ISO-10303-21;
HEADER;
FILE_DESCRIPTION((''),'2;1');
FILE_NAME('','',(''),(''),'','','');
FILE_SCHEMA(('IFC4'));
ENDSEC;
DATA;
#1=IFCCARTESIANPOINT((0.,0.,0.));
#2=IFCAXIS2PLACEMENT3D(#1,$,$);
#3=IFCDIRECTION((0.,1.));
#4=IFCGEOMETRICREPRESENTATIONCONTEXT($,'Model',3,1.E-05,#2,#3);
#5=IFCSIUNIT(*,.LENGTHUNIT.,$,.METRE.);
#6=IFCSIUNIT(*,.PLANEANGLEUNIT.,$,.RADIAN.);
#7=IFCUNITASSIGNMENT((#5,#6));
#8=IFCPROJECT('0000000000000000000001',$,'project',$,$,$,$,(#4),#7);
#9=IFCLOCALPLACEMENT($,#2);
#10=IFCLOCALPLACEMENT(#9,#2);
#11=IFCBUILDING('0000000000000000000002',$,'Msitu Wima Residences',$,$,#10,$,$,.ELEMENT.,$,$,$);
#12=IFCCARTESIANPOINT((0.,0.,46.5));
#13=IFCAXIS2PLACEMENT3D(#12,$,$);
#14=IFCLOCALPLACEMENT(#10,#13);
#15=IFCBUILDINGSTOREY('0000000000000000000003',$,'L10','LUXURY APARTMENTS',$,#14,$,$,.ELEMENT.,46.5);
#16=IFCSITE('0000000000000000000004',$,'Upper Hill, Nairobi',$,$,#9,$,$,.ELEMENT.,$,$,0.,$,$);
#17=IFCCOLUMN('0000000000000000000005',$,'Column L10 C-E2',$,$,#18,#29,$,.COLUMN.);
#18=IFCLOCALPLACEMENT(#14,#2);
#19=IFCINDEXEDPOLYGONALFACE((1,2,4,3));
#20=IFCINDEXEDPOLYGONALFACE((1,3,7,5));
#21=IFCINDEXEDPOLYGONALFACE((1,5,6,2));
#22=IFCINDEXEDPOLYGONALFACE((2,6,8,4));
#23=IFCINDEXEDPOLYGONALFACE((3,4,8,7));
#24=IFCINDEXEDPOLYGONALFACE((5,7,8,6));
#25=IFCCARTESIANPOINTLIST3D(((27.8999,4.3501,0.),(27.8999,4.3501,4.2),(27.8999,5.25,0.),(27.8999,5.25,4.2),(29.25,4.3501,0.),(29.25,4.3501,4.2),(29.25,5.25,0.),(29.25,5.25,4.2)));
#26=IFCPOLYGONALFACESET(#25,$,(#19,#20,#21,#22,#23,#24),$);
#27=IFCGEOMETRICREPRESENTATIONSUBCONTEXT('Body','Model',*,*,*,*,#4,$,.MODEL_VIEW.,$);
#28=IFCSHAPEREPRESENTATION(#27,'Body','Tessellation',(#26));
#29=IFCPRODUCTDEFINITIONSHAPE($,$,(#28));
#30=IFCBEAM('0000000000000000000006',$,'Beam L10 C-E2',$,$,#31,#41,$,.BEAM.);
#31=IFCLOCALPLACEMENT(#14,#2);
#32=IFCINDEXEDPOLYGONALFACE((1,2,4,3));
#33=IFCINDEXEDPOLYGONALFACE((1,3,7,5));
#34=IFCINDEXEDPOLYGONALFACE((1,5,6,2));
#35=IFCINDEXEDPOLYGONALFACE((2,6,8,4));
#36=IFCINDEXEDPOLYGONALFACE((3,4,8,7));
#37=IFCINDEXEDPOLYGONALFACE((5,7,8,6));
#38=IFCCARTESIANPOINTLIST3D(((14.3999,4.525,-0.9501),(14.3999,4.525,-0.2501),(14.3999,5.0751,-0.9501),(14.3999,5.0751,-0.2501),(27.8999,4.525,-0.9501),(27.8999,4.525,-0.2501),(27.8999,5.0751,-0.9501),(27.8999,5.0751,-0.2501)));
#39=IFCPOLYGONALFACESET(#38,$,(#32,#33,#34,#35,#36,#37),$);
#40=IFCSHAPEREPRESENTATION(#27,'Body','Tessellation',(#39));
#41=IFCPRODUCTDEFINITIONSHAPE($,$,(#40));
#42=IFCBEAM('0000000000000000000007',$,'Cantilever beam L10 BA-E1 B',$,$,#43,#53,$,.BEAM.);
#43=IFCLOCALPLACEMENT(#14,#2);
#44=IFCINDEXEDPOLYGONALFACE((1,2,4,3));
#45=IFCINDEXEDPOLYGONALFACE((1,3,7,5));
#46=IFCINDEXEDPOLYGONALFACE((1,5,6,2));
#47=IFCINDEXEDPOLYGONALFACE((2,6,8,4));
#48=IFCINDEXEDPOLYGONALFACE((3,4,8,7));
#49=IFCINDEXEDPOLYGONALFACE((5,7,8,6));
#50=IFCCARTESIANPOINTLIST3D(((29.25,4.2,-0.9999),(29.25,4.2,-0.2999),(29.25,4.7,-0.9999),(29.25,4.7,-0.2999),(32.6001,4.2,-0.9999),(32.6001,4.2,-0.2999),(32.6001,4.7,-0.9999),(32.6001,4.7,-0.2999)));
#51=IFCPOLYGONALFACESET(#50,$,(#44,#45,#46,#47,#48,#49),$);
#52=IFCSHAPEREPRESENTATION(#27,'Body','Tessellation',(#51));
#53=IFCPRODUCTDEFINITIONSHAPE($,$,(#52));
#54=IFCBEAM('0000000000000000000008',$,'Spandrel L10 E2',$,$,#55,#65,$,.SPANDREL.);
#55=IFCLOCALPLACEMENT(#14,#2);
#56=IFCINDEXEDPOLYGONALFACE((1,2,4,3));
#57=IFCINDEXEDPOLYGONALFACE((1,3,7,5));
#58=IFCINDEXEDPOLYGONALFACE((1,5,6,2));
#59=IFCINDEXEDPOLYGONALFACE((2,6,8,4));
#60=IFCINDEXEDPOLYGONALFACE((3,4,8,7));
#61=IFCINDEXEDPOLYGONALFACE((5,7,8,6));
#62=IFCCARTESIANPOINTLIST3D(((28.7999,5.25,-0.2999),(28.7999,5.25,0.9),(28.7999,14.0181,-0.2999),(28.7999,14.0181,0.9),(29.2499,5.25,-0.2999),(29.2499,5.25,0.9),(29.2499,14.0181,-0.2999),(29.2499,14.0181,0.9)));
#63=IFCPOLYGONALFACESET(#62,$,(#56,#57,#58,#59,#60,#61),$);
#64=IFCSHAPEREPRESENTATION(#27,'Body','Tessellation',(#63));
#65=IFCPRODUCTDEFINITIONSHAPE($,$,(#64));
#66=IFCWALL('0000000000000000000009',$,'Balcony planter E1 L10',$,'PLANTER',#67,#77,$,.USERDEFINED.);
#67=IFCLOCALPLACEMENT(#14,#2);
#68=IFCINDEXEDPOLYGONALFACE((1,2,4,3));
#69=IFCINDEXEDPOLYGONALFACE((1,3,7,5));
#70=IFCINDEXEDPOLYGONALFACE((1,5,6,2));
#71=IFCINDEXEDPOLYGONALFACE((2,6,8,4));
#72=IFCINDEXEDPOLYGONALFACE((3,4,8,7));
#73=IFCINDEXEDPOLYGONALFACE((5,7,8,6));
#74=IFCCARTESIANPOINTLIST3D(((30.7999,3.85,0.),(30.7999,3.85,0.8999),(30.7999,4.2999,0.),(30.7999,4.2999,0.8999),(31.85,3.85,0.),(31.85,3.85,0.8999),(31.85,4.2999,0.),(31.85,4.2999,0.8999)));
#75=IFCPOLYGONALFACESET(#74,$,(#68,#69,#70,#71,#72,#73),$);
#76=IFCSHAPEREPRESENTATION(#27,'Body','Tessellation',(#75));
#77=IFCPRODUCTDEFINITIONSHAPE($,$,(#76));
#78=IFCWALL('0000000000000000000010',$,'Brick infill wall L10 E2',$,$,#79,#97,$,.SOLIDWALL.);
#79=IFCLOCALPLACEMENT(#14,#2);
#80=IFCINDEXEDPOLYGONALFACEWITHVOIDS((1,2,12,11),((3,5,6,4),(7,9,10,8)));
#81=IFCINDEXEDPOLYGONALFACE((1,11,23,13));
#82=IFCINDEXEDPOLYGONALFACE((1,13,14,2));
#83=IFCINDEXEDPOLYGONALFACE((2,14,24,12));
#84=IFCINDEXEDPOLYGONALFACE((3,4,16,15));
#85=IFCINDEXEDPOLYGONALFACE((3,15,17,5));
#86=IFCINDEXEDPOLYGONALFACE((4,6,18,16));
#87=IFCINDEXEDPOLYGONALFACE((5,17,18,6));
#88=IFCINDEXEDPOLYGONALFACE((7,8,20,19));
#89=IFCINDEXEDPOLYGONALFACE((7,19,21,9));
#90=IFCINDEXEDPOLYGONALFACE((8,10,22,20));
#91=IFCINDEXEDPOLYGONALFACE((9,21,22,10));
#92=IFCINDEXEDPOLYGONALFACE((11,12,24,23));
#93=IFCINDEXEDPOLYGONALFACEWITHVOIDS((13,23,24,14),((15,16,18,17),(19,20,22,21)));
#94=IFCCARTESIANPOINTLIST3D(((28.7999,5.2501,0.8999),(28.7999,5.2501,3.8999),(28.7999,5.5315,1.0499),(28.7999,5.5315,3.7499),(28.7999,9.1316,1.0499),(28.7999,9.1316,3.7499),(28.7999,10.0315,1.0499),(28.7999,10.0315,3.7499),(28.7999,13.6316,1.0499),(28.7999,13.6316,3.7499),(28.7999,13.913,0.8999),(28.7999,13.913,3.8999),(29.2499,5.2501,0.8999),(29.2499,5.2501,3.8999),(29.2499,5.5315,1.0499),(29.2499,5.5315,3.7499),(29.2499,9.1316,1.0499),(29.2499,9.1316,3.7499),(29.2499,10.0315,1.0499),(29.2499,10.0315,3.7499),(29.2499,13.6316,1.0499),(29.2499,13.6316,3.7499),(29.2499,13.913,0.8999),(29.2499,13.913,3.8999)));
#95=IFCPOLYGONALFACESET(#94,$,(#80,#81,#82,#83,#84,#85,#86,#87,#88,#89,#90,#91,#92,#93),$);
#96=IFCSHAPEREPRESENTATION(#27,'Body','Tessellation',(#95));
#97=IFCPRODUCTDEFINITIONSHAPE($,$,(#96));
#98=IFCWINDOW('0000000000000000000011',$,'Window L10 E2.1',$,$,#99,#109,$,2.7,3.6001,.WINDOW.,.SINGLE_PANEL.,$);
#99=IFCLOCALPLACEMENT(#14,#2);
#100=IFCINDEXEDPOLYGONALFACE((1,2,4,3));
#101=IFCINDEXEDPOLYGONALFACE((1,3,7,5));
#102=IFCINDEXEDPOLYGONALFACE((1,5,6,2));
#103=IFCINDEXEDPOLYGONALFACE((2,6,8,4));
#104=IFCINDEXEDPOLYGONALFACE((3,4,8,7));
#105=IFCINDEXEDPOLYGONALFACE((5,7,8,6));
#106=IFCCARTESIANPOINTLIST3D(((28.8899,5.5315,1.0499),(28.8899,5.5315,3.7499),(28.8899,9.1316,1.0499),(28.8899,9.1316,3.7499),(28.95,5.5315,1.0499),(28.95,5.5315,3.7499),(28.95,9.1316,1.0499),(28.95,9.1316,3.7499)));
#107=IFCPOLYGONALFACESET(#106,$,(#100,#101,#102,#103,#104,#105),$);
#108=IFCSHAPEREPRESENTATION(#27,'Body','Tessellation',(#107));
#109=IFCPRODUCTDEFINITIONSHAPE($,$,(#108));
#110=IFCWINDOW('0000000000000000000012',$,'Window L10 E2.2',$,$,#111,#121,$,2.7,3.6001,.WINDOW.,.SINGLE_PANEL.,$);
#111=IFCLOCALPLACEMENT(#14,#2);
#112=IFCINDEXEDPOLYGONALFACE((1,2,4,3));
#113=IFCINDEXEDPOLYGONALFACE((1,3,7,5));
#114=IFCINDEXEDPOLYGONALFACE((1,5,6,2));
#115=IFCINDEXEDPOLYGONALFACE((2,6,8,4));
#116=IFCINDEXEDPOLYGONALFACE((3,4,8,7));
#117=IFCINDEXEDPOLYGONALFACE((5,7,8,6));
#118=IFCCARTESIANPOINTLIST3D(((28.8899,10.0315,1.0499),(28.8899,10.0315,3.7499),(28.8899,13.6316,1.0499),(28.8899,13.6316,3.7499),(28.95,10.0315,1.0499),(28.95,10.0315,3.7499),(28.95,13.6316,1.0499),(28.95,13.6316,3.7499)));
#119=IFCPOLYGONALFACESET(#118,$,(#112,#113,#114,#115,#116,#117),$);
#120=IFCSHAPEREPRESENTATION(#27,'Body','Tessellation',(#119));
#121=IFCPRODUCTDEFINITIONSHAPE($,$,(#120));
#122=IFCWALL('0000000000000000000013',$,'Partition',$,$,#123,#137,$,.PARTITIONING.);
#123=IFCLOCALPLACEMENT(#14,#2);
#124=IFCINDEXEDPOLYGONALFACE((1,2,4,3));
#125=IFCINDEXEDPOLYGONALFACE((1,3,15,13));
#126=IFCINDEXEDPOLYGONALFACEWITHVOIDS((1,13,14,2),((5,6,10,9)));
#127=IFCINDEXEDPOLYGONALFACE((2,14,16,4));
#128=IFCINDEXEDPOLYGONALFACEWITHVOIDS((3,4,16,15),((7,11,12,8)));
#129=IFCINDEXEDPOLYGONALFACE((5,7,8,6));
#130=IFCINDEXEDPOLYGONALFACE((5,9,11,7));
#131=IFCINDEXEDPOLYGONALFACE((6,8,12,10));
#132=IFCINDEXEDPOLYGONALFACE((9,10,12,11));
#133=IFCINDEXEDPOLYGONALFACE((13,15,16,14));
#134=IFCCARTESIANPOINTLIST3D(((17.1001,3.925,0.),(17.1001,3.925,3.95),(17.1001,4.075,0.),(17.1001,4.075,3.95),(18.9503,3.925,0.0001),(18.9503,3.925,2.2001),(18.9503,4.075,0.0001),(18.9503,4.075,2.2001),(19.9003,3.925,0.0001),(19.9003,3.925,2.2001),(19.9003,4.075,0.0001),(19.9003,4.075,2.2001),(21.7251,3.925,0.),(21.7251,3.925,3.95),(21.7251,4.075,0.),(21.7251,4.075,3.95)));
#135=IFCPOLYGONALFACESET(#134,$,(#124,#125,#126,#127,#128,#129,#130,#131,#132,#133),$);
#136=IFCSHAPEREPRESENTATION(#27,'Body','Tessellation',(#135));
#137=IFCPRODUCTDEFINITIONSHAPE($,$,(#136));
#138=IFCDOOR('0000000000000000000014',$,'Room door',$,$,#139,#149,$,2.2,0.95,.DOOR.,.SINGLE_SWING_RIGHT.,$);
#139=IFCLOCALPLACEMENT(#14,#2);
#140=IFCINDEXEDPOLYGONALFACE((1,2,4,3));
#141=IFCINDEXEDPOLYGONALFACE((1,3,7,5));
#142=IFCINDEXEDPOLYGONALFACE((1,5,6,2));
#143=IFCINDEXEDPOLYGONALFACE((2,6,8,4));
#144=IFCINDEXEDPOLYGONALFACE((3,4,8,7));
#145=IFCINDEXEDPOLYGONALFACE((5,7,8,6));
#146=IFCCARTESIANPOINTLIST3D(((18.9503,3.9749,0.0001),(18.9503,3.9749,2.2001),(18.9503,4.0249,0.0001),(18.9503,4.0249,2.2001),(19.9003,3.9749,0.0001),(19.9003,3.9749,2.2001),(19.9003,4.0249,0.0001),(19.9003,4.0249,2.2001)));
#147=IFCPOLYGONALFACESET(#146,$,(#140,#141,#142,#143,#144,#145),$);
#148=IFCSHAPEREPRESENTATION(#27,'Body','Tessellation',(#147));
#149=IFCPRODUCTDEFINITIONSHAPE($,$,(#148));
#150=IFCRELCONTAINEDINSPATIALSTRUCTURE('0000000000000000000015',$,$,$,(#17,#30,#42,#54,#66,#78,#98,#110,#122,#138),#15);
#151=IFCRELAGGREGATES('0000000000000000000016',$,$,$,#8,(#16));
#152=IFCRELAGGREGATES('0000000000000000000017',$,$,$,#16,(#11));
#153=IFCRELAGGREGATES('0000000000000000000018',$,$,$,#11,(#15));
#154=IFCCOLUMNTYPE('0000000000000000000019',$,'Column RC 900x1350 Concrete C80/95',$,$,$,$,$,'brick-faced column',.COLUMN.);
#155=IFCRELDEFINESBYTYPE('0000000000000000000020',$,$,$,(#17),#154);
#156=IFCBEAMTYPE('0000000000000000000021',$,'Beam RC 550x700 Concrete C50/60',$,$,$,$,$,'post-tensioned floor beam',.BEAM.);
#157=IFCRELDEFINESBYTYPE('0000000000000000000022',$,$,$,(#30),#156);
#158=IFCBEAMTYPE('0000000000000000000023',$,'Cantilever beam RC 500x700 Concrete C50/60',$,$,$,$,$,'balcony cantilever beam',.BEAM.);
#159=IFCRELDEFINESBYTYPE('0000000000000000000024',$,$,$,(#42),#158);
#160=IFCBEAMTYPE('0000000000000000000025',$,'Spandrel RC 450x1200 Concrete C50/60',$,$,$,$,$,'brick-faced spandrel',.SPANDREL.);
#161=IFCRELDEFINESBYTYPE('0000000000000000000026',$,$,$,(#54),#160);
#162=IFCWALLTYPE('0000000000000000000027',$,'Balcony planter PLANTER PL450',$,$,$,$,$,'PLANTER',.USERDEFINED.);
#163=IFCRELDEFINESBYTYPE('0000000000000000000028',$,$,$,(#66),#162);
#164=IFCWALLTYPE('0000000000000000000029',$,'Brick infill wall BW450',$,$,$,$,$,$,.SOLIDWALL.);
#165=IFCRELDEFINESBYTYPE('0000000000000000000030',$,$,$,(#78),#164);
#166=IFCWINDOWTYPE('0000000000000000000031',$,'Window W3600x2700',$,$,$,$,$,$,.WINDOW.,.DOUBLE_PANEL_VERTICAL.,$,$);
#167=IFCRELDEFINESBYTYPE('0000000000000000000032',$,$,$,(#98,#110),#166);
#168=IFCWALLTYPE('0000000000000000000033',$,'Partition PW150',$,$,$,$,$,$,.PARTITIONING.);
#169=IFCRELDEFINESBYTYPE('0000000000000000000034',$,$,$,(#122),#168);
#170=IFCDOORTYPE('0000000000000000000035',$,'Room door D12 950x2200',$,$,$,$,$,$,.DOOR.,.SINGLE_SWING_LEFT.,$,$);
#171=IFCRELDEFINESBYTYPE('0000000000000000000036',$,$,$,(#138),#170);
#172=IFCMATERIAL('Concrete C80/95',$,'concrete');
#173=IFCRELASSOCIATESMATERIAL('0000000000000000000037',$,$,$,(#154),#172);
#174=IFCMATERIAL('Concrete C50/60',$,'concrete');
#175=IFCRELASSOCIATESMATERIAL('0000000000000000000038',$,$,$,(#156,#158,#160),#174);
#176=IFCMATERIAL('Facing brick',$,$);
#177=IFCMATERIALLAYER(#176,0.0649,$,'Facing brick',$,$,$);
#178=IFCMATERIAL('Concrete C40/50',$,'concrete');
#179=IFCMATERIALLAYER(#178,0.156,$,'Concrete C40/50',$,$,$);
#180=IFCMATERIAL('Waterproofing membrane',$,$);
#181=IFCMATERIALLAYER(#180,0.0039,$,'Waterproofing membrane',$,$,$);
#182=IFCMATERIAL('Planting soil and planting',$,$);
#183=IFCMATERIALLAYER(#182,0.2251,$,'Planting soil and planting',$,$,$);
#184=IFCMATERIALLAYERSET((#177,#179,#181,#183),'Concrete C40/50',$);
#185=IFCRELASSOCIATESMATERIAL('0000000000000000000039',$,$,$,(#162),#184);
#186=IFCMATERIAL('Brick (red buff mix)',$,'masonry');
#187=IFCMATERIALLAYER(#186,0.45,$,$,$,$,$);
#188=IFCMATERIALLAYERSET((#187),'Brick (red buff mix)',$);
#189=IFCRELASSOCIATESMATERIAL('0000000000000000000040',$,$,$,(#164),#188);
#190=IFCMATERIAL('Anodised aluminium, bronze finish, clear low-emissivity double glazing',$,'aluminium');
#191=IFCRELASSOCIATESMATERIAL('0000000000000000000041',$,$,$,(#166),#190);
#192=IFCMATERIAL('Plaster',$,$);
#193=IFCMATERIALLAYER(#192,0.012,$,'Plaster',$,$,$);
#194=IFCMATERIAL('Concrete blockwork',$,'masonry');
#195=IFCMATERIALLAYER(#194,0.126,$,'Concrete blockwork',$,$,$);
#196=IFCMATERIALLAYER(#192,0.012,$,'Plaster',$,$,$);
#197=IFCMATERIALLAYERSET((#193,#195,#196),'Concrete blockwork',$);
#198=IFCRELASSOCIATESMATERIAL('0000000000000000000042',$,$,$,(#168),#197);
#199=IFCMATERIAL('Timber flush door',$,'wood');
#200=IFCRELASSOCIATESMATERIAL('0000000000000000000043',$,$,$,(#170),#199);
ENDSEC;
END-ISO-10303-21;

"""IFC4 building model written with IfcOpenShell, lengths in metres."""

from ifc_helpers import new_model, si_unit, direction, frame, frame_2d, origin, origin_2d, place, context, subcontext, project, spatial, rectangle, extrude, material, layer, layer_set, material_profile, profile_set, type_object, element, fill, save


model = new_model("IFC4")

# Units and contexts
model_context = context("Model", 3, precision=1e-05, world=origin(), true_north=direction((0.0, 1.0)))
body_context = subcontext(model_context, "Body", "Model", "MODEL_VIEW")
ifc_project = project(units=[si_unit("LENGTHUNIT", "METRE"), si_unit("PLANEANGLEUNIT", "RADIAN")], contexts=[model_context])

# Site, building, storey
site_placement = place(None, origin())
site = spatial("IfcSite", under=ifc_project, at=site_placement, Name="Upper Hill, Nairobi", CompositionType="ELEMENT", RefElevation=0.0)
building_placement = place(site_placement, origin())
building = spatial("IfcBuilding", under=site, at=building_placement, Name="Msitu Wima Residences", CompositionType="ELEMENT")
storey_placement = place(building_placement, frame((0.0, 0.0, 46.5)))
storey = spatial("IfcBuildingStorey", under=building, at=storey_placement, Name="L10", Description="LUXURY APARTMENTS", CompositionType="ELEMENT", Elevation=46.5)

# Column
ifc_material_1 = material(Name="Concrete C80/95", Category="concrete")
ifc_material_profile_1 = material_profile(ifc_material_1, rectangle(XDim=0.8999, YDim=1.3501, at=origin_2d()), Name="RC 900x1350")
ifc_profile_set_1 = profile_set([ifc_material_profile_1], Name="Concrete C80/95")
column_type = type_object("IfcColumnType", Name="Column RC 900x1350 Concrete C80/95", ElementType="brick-faced column", PredefinedType="COLUMN", material=ifc_profile_set_1)
column_placement = place(storey_placement, frame((28.575, 4.8, 0.0), z_axis=(0.0, 0.0, 1.0), x_axis=(0.0, 1.0, 0.0)))
element("IfcColumn", 1, at=column_placement, inside=storey, type_object=column_type, Name="Column L10 C-E2", PredefinedType="COLUMN", context=body_context, shape_type="SweptSolid", body=[
    extrude(rectangle(XDim=0.8999, YDim=1.3501, at=origin_2d()), origin(), (0.0, 0.0, 1.0), 4.2),
])

# Beams
ifc_material_2 = material(Name="Concrete C50/60", Category="concrete")
ifc_material_profile_2 = material_profile(ifc_material_2, rectangle(XDim=0.55, YDim=0.7, at=origin_2d()), Name="RC 550x700")
ifc_profile_set_2 = profile_set([ifc_material_profile_2], Name="Concrete C50/60")
beam_type_1 = type_object("IfcBeamType", Name="Beam RC 550x700 Concrete C50/60", ElementType="post-tensioned floor beam", PredefinedType="BEAM", material=ifc_profile_set_2)
beam_1_placement = place(storey_placement, frame((27.8999, 4.8, -0.6001), z_axis=(-1.0, 0.0, 0.0), x_axis=(0.0, -1.0, 0.0)))
element("IfcBeam", 2, at=beam_1_placement, inside=storey, type_object=beam_type_1, Name="Beam L10 C-E2", PredefinedType="BEAM", context=body_context, shape_type="SweptSolid", body=[
    extrude(rectangle(XDim=0.55, YDim=0.7, at=origin_2d()), origin(), (0.0, 0.0, 1.0), 13.5),
])
ifc_material_profile_3 = material_profile(ifc_material_2, rectangle(XDim=0.5, YDim=0.7, at=origin_2d()), Name="RC 500x700")
ifc_profile_set_3 = profile_set([ifc_material_profile_3], Name="Concrete C50/60")
beam_type_2 = type_object("IfcBeamType", Name="Cantilever beam RC 500x700 Concrete C50/60", ElementType="balcony cantilever beam", PredefinedType="BEAM", material=ifc_profile_set_3)
beam_2_placement = place(storey_placement, frame((29.25, 4.45, -0.6499), z_axis=(1.0, 0.0, 0.0), x_axis=(0.0, 1.0, 0.0)))
element("IfcBeam", 3, at=beam_2_placement, inside=storey, type_object=beam_type_2, Name="Cantilever beam L10 BA-E1 B", PredefinedType="BEAM", context=body_context, shape_type="SweptSolid", body=[
    extrude(rectangle(XDim=0.5, YDim=0.7, at=origin_2d()), origin(), (0.0, 0.0, 1.0), 3.3501),
])
ifc_material_profile_4 = material_profile(ifc_material_2, rectangle(XDim=0.45, YDim=1.2, at=origin_2d()), Name="RC 450x1200")
ifc_profile_set_4 = profile_set([ifc_material_profile_4], Name="Concrete C50/60")
beam_type_3 = type_object("IfcBeamType", Name="Spandrel RC 450x1200 Concrete C50/60", ElementType="brick-faced spandrel", PredefinedType="SPANDREL", material=ifc_profile_set_4)
beam_3_placement = place(storey_placement, frame((29.0249, 5.25, 0.3), z_axis=(0.0, 1.0, 0.0), x_axis=(-1.0, 0.0, 0.0)))
element("IfcBeam", 4, at=beam_3_placement, inside=storey, type_object=beam_type_3, Name="Spandrel L10 E2", PredefinedType="SPANDREL", context=body_context, shape_type="SweptSolid", body=[
    extrude(rectangle(XDim=0.45, YDim=1.2, at=origin_2d()), origin(), (0.0, 0.0, 1.0), 8.7681),
])

# Wall
ifc_material_3 = material(Name="Facing brick")
ifc_layer_1 = layer(ifc_material_3, 0.0649, Name="Facing brick")
ifc_material_4 = material(Name="Concrete C40/50", Category="concrete")
ifc_layer_2 = layer(ifc_material_4, 0.156, Name="Concrete C40/50")
ifc_material_5 = material(Name="Waterproofing membrane")
ifc_layer_3 = layer(ifc_material_5, 0.0039, Name="Waterproofing membrane")
ifc_material_6 = material(Name="Planting soil and planting")
ifc_layer_4 = layer(ifc_material_6, 0.2251, Name="Planting soil and planting")
ifc_layer_set_1 = layer_set([ifc_layer_1, ifc_layer_2, ifc_layer_3, ifc_layer_4], Name="Concrete C40/50")
wall_type_1 = type_object("IfcWallType", Name="Balcony planter PLANTER PL450", ElementType="PLANTER", PredefinedType="USERDEFINED", material=ifc_layer_set_1)
wall_1_placement = place(storey_placement, frame((30.8, 4.075, 0.0), z_axis=(0.0, 0.0, 1.0), x_axis=(1.0, 0.0, 0.0)))
element("IfcWall", 5, at=wall_1_placement, inside=storey, type_object=wall_type_1, Name="Balcony planter E1 L10", ObjectType="PLANTER", PredefinedType="USERDEFINED", context=body_context, shape_type="SweptSolid", body=[
    extrude(rectangle(XDim=1.05, YDim=0.45, at=frame_2d((0.5249, 0.0))), origin(), (0.0, 0.0, 1.0), 0.8999),
])

# Wall, openings, windows
ifc_material_7 = material(Name="Brick (red buff mix)", Category="masonry")
ifc_layer_5 = layer(ifc_material_7, 0.45)
ifc_layer_set_2 = layer_set([ifc_layer_5], Name="Brick (red buff mix)")
wall_type_2 = type_object("IfcWallType", Name="Brick infill wall BW450", PredefinedType="SOLIDWALL", material=ifc_layer_set_2)
wall_2_placement = place(storey_placement, frame((29.0249, 5.25, 0.8999), z_axis=(0.0, 0.0, 1.0), x_axis=(0.0, 1.0, 0.0)))
wall_2 = element("IfcWall", 6, at=wall_2_placement, inside=storey, type_object=wall_type_2, Name="Brick infill wall L10 E2", PredefinedType="SOLIDWALL", context=body_context, shape_type="SweptSolid", body=[
    extrude(rectangle(XDim=8.6628, YDim=0.45, at=frame_2d((4.3315, 0.0))), origin(), (0.0, 0.0, 1.0), 3.0),
])
opening_1_placement = place(wall_2_placement, frame((0.2815, 0.0, 0.1499)))
opening_1 = element("IfcOpeningElement", 7, at=opening_1_placement, cuts=wall_2, PredefinedType="OPENING", context=body_context, shape_type="SweptSolid", body=[
    extrude(rectangle(XDim=3.6001, YDim=2.7, at=frame_2d((1.8, 1.3501))), frame((0.0, 0.2349, 0.0), z_axis=(0.0, -1.0, 0.0), x_axis=(1.0, 0.0, 0.0)), (0.0, 0.0, 1.0), 0.47),
])
opening_2_placement = place(wall_2_placement, frame((4.7815, 0.0, 0.1499)))
opening_2 = element("IfcOpeningElement", 8, at=opening_2_placement, cuts=wall_2, PredefinedType="OPENING", context=body_context, shape_type="SweptSolid", body=[
    extrude(rectangle(XDim=3.6001, YDim=2.7, at=frame_2d((1.8, 1.3501))), frame((0.0, 0.2349, 0.0), z_axis=(0.0, -1.0, 0.0), x_axis=(1.0, 0.0, 0.0)), (0.0, 0.0, 1.0), 0.47),
])
ifc_material_8 = material(Name="Anodised aluminium, bronze finish, clear low-emissivity double glazing", Category="aluminium")
window_type = type_object("IfcWindowType", Name="Window W3600x2700", PartitioningType="DOUBLE_PANEL_VERTICAL", PredefinedType="WINDOW", material=ifc_material_8)
window_1_placement = place(opening_1_placement, origin())
window_1 = element("IfcWindow", 9, at=window_1_placement, inside=storey, type_object=window_type, Name="Window L10 E2.1", OverallHeight=2.7, OverallWidth=3.6001, PartitioningType="SINGLE_PANEL", PredefinedType="WINDOW", context=body_context, shape_type="SweptSolid", body=[
    extrude(rectangle(XDim=3.6001, YDim=2.7, at=frame_2d((1.8, 1.3501))), frame((0.0, 0.135, 0.0), z_axis=(0.0, -1.0, 0.0), x_axis=(1.0, 0.0, 0.0)), (0.0, 0.0, 1.0), 0.0601),
])
fill(opening_1, window_1)
window_2_placement = place(opening_2_placement, origin())
window_2 = element("IfcWindow", 10, at=window_2_placement, inside=storey, type_object=window_type, Name="Window L10 E2.2", OverallHeight=2.7, OverallWidth=3.6001, PartitioningType="SINGLE_PANEL", PredefinedType="WINDOW", context=body_context, shape_type="SweptSolid", body=[
    extrude(rectangle(XDim=3.6001, YDim=2.7, at=frame_2d((1.8, 1.3501))), frame((0.0, 0.135, 0.0), z_axis=(0.0, -1.0, 0.0), x_axis=(1.0, 0.0, 0.0)), (0.0, 0.0, 1.0), 0.0601),
])
fill(opening_2, window_2)

# Wall, opening, door
ifc_material_9 = material(Name="Plaster")
ifc_layer_6 = layer(ifc_material_9, 0.012, Name="Plaster")
ifc_material_10 = material(Name="Concrete blockwork", Category="masonry")
ifc_layer_7 = layer(ifc_material_10, 0.126, Name="Concrete blockwork")
ifc_layer_8 = layer(ifc_material_9, 0.012, Name="Plaster")
ifc_layer_set_3 = layer_set([ifc_layer_6, ifc_layer_7, ifc_layer_8], Name="Concrete blockwork")
wall_type_3 = type_object("IfcWallType", Name="Partition PW150", PredefinedType="PARTITIONING", material=ifc_layer_set_3)
wall_3_placement = place(storey_placement, frame((17.1001, 4.0, 0.0), z_axis=(0.0, 0.0, 1.0), x_axis=(1.0, 0.0, 0.0)))
wall_3 = element("IfcWall", 11, at=wall_3_placement, inside=storey, type_object=wall_type_3, Name="Partition", PredefinedType="PARTITIONING", context=body_context, shape_type="SweptSolid", body=[
    extrude(rectangle(XDim=4.625, YDim=0.1499, at=frame_2d((2.3125, 0.0))), origin(), (0.0, 0.0, 1.0), 3.95),
])
opening_3_placement = place(wall_3_placement, frame((1.8501, 0.0, 0.0)))
opening_3 = element("IfcOpeningElement", 12, at=opening_3_placement, cuts=wall_3, PredefinedType="OPENING", context=body_context, shape_type="SweptSolid", body=[
    extrude(rectangle(XDim=0.95, YDim=2.2, at=frame_2d((0.4751, 1.1001))), frame((0.0, 0.085, 0.0), z_axis=(0.0, -1.0, 0.0), x_axis=(1.0, 0.0, 0.0)), (0.0, 0.0, 1.0), 0.1699),
])
ifc_material_11 = material(Name="Timber flush door", Category="wood")
door_type_1 = type_object("IfcDoorType", Name="Room door D12 950x2200", OperationType="SINGLE_SWING_LEFT", PredefinedType="DOOR", material=ifc_material_11)
door_1_placement = place(opening_3_placement, origin())
door_1 = element("IfcDoor", 13, at=door_1_placement, inside=storey, type_object=door_type_1, Name="Room door", OperationType="SINGLE_SWING_RIGHT", OverallHeight=2.2, OverallWidth=0.95, PredefinedType="DOOR", context=body_context, shape_type="SweptSolid", body=[
    extrude(rectangle(XDim=0.95, YDim=2.2, at=frame_2d((0.4751, 1.1001))), frame((0.0, 0.0249, 0.0), z_axis=(0.0, -1.0, 0.0), x_axis=(1.0, 0.0, 0.0)), (0.0, 0.0, 1.0), 0.05),
])
fill(opening_3, door_1)

save(model, "model.ifc")
